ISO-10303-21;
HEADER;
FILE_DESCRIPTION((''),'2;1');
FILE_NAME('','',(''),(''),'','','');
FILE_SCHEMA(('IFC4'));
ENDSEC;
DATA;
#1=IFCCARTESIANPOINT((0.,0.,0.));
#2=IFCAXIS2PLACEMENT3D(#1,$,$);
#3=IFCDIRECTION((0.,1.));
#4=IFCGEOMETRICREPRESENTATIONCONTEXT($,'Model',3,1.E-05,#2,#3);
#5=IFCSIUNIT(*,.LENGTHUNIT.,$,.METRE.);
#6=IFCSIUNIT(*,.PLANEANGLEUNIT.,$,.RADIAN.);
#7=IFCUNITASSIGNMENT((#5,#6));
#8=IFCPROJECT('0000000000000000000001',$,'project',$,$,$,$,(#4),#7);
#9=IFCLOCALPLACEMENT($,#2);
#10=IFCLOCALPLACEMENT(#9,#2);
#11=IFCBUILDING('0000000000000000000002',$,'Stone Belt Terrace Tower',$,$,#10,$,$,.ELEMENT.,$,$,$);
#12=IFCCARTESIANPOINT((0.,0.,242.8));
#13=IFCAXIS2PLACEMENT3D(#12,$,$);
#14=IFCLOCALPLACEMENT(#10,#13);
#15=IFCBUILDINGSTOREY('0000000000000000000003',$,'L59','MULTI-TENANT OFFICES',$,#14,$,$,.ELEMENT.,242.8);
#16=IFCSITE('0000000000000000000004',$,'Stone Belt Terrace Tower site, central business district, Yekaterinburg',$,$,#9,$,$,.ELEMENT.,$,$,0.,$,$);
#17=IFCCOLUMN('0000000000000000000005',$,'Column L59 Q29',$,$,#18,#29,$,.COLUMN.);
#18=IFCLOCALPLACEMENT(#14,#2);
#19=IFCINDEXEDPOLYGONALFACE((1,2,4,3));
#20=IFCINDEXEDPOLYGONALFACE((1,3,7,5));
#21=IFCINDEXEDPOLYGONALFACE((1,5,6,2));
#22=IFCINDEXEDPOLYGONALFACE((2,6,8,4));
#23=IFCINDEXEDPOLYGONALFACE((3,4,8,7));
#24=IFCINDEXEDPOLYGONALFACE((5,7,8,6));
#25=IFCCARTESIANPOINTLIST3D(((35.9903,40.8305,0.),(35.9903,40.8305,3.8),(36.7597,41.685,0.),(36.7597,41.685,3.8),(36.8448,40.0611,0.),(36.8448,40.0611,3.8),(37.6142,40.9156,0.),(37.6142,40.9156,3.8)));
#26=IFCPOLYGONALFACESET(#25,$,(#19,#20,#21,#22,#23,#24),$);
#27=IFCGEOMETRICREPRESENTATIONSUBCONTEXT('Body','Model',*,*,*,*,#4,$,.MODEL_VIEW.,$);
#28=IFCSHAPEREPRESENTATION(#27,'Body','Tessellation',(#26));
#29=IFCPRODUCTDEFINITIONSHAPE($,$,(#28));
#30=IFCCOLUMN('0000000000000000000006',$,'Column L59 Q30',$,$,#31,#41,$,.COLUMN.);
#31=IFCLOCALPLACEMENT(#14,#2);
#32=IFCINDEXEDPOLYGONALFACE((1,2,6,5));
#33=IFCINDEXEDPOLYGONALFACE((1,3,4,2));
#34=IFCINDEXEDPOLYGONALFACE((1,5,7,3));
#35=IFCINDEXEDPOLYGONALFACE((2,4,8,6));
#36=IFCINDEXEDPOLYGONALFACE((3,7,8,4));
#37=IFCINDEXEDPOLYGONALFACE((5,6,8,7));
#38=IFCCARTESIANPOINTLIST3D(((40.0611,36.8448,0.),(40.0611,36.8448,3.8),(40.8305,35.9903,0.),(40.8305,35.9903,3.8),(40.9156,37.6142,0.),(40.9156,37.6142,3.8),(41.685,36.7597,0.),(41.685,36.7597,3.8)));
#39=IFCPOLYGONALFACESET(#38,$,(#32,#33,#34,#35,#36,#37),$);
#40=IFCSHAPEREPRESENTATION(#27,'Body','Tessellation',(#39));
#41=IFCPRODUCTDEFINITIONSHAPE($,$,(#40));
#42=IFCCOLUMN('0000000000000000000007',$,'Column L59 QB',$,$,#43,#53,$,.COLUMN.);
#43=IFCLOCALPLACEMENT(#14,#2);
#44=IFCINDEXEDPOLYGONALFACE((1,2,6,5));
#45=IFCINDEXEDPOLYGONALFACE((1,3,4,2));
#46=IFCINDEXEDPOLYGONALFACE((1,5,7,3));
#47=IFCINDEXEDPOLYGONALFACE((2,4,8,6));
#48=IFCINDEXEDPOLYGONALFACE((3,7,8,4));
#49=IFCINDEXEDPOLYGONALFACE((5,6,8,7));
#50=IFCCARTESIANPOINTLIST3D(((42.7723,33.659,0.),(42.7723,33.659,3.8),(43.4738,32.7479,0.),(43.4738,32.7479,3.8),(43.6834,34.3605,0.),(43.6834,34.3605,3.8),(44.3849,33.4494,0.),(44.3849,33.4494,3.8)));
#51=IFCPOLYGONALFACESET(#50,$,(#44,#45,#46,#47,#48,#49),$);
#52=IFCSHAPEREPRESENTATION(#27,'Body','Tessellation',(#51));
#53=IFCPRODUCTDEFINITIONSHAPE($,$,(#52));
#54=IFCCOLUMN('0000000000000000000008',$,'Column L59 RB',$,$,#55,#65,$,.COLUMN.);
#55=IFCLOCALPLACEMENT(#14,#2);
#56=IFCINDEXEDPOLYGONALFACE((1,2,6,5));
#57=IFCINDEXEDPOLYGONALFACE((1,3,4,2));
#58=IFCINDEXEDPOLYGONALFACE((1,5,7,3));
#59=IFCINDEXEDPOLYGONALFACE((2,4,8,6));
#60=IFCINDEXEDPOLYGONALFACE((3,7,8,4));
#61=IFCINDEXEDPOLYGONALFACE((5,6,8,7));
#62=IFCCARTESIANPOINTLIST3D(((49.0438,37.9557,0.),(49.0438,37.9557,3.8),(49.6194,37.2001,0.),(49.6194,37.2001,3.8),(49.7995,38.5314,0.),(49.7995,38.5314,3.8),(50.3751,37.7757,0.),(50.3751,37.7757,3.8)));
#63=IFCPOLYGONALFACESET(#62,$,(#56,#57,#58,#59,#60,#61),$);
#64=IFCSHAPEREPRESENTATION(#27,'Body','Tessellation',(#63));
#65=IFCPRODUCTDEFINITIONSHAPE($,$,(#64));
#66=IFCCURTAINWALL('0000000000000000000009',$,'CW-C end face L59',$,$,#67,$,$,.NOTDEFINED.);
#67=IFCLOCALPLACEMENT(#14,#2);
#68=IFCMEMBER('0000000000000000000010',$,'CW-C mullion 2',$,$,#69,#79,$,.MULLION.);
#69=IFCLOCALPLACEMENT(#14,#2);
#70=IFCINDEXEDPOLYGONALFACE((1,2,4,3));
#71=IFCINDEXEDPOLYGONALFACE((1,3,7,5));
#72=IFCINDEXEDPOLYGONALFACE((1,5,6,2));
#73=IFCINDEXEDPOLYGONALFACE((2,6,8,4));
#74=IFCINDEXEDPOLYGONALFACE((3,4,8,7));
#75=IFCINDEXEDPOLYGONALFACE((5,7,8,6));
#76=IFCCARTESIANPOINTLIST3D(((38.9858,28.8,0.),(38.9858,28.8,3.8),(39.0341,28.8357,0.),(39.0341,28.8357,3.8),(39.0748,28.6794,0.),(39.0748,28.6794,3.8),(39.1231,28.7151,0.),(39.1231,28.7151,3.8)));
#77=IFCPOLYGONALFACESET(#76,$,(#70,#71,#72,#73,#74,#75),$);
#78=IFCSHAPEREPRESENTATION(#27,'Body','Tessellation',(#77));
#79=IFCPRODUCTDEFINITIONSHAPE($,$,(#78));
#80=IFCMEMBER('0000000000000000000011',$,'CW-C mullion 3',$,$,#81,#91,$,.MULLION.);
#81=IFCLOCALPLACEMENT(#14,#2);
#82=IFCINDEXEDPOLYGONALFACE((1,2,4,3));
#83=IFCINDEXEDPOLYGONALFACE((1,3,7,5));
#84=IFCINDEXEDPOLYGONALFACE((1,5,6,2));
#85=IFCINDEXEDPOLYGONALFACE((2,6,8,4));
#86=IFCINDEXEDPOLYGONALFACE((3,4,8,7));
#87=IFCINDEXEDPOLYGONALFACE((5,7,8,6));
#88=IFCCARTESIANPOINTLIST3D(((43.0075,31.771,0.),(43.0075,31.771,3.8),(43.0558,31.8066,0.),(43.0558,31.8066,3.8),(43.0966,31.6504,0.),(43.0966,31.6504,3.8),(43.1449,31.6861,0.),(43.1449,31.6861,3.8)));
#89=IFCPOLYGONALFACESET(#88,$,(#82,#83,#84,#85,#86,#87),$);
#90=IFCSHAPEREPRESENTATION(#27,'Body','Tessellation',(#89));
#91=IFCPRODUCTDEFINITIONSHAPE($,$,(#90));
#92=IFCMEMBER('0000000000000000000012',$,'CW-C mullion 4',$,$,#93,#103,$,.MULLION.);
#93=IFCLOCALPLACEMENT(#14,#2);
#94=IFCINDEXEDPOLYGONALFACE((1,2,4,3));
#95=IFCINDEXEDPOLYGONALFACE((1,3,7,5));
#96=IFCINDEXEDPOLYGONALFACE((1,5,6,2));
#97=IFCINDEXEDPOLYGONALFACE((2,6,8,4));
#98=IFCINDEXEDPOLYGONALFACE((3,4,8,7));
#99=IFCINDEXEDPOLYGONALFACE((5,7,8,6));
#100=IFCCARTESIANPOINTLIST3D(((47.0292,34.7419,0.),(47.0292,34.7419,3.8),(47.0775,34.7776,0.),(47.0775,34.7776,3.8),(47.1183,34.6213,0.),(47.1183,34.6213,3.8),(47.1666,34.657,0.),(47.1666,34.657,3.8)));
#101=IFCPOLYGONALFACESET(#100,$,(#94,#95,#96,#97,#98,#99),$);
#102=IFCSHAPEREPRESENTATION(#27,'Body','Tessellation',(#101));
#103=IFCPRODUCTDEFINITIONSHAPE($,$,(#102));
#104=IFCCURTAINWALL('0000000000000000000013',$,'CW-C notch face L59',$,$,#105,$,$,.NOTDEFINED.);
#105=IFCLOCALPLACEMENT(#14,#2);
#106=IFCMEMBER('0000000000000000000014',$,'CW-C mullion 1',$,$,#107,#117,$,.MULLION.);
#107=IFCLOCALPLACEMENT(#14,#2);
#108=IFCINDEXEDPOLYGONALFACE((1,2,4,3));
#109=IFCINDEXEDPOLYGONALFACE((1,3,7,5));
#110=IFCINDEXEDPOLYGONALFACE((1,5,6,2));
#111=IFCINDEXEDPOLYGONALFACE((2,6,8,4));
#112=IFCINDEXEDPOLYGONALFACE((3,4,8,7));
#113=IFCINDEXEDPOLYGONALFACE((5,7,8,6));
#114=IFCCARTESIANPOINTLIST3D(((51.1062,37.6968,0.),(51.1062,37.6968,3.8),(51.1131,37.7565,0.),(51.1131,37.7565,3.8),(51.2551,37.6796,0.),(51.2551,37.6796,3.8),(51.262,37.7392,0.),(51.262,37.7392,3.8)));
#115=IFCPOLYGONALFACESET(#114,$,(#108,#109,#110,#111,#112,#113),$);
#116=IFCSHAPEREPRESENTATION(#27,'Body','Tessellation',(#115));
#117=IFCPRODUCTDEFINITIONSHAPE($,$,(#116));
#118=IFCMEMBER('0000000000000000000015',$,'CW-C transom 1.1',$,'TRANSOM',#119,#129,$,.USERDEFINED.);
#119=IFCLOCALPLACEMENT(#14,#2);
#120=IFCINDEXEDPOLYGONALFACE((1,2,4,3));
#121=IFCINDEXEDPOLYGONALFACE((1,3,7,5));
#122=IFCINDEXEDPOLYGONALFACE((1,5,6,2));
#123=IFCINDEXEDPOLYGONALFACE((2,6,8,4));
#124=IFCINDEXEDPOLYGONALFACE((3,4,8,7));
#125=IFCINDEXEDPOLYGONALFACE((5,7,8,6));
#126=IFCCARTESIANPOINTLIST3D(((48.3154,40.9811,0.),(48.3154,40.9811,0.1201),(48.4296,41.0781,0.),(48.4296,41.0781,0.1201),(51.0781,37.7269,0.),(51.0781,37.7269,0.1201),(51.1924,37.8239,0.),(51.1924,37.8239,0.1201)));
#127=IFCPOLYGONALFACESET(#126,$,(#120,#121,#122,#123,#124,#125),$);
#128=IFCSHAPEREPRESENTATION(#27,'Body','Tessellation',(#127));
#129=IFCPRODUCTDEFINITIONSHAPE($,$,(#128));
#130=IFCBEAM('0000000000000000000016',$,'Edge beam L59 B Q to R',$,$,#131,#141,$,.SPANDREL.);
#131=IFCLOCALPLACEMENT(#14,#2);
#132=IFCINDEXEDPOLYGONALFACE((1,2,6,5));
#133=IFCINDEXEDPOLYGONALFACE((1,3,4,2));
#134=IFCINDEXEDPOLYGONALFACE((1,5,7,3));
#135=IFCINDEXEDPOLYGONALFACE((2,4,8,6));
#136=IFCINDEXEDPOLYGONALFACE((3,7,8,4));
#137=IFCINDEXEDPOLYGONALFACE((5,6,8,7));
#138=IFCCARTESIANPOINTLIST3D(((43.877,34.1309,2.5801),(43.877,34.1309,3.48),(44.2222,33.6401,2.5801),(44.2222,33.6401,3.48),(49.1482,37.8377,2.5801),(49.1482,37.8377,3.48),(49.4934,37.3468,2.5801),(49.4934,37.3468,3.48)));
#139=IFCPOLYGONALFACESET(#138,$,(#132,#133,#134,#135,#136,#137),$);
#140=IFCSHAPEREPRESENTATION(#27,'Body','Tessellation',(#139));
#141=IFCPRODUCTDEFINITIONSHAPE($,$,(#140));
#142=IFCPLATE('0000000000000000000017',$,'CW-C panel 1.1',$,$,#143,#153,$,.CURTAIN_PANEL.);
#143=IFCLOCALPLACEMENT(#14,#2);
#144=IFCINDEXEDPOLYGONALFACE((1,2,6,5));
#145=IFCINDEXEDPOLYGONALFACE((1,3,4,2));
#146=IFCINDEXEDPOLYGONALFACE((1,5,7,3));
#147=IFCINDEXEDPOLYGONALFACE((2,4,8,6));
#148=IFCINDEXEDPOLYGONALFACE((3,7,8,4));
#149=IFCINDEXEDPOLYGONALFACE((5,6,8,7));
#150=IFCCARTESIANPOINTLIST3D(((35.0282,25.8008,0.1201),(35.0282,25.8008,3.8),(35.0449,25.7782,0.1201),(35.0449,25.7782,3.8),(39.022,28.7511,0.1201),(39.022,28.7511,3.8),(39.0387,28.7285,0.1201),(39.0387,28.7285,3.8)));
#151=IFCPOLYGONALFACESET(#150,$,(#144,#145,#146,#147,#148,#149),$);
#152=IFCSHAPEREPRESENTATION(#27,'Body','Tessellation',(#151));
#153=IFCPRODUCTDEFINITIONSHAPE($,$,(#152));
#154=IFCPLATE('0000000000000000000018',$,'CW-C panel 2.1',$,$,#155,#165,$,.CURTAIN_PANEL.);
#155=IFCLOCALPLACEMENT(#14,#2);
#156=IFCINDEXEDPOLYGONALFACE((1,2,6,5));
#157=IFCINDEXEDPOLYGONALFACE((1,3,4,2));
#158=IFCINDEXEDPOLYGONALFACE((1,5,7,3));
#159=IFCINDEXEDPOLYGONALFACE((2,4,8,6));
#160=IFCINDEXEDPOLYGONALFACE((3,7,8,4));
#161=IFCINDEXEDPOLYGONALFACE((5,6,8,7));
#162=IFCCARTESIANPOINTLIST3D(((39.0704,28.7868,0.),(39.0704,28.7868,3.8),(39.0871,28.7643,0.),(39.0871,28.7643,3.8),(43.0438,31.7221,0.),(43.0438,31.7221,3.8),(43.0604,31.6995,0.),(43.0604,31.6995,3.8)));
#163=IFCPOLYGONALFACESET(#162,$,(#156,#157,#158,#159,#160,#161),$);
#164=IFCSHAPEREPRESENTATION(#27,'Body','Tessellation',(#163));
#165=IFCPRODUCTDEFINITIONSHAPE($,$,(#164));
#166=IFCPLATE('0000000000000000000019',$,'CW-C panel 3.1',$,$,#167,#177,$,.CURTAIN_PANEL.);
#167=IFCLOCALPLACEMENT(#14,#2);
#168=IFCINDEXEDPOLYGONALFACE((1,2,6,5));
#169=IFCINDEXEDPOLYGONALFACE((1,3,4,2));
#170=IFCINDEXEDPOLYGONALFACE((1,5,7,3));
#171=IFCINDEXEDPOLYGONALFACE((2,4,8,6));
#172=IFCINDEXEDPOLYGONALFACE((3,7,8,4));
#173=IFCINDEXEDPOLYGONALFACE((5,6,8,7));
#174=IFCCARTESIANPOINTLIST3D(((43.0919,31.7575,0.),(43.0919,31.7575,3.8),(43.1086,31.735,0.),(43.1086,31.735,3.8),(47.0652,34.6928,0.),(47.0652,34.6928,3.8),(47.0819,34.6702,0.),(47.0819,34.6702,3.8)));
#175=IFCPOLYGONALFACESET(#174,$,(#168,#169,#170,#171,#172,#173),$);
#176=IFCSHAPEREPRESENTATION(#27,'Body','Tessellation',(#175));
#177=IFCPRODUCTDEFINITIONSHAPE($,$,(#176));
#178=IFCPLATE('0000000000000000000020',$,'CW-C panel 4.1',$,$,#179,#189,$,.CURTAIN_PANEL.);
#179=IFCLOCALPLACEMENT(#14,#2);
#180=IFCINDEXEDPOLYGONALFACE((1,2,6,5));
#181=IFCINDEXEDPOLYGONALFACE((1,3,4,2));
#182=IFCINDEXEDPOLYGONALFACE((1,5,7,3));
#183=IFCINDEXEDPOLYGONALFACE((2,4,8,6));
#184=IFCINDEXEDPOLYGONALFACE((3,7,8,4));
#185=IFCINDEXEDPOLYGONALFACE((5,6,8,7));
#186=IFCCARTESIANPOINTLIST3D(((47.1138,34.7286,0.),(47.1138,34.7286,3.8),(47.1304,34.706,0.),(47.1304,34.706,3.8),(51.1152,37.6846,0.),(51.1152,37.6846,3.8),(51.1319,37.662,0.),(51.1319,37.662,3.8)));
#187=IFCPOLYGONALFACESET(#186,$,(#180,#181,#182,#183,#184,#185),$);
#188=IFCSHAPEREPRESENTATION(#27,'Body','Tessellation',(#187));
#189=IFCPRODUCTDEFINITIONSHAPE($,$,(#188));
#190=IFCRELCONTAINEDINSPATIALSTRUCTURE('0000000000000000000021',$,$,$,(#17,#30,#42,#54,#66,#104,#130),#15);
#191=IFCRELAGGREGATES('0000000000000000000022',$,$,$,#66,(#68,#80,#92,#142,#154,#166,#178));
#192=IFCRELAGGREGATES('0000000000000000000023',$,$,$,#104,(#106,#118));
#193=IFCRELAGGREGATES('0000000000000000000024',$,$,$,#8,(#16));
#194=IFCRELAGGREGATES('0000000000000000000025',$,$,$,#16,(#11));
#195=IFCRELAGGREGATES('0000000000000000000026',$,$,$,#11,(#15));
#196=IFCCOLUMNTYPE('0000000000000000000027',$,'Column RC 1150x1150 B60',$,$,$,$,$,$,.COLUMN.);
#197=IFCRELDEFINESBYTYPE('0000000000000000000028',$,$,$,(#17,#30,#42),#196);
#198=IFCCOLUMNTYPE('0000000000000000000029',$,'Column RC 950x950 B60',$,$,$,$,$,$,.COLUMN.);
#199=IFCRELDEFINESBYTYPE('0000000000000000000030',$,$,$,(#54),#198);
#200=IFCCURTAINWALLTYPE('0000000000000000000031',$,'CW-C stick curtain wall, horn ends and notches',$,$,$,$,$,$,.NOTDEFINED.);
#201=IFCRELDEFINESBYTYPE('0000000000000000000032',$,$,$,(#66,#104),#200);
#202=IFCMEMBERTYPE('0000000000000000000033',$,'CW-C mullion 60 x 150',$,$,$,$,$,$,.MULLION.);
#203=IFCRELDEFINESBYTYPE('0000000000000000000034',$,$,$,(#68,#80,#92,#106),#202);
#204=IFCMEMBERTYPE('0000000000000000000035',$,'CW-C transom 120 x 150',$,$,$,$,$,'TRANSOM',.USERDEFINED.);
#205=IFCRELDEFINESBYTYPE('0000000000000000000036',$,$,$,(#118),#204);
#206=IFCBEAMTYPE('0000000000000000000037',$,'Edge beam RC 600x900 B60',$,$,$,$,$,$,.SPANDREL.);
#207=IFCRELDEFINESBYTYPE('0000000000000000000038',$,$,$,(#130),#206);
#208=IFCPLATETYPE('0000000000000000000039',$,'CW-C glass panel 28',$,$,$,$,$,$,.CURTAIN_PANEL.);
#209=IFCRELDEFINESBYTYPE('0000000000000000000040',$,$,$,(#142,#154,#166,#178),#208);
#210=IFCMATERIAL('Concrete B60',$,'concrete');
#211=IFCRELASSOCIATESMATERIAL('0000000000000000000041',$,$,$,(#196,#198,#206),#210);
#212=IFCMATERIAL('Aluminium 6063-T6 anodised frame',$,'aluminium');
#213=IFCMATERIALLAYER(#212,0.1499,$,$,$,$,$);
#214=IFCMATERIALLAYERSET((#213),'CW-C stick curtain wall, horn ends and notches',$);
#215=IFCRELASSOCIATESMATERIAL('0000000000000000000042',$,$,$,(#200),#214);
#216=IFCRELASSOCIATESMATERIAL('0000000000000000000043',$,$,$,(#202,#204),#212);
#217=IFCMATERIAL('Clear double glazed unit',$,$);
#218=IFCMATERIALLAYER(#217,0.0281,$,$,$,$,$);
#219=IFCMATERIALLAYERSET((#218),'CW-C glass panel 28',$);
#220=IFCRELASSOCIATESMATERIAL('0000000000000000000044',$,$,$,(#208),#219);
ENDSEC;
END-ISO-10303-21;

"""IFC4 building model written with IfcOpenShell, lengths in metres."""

from ifc_helpers import new_model, si_unit, direction, frame, origin, origin_2d, place, context, subcontext, project, spatial, rectangle, extrude, material, layer, layer_set, material_profile, profile_set, type_object, element, aggregate, save


model = new_model("IFC4")

# Units and contexts
model_context = context("Model", 3, precision=1e-05, world=origin(), true_north=direction((0.0, 1.0)))
body_context = subcontext(model_context, "Body", "Model", "MODEL_VIEW")
ifc_project = project(units=[si_unit("LENGTHUNIT", "METRE"), si_unit("PLANEANGLEUNIT", "RADIAN")], contexts=[model_context])

# Site, building, storey
site_placement = place(None, origin())
site = spatial("IfcSite", under=ifc_project, at=site_placement, Name="Stone Belt Terrace Tower site, central business district, Yekaterinburg", CompositionType="ELEMENT", RefElevation=0.0)
building_placement = place(site_placement, origin())
building = spatial("IfcBuilding", under=site, at=building_placement, Name="Stone Belt Terrace Tower", CompositionType="ELEMENT")
storey_placement = place(building_placement, frame((0.0, 0.0, 242.8)))
storey = spatial("IfcBuildingStorey", under=building, at=storey_placement, Name="L59", Description="MULTI-TENANT OFFICES", CompositionType="ELEMENT", Elevation=242.8)

# Columns
ifc_material_1 = material(Name="Concrete B60", Category="concrete")
ifc_material_profile_1 = material_profile(ifc_material_1, rectangle(XDim=1.1499, YDim=1.1499, at=origin_2d()), Name="RC 1150x1150")
ifc_profile_set_1 = profile_set([ifc_material_profile_1], Name="Concrete B60")
column_type_1 = type_object("IfcColumnType", Name="Column RC 1150x1150 B60", PredefinedType="COLUMN", material=ifc_profile_set_1)
for number, where, z_axis, x_axis, name in (
    (1, (36.8022, 40.873, 0.0), (0.0, 0.0, 1.0), (0.743145, -0.669131, 0.0), "Column L59 Q29"),
    (2, (40.873, 36.8022, 0.0), (0.0, 0.0, 1.0), (0.669131, -0.743145, 0.0), "Column L59 Q30"),
    (3, (43.5786, 33.5542, 0.0), (0.0, 0.0, 1.0), (0.610079, -0.792341, 0.0), "Column L59 QB"),
):
    element("IfcColumn", number, at=place(storey_placement, frame(where, z_axis=z_axis, x_axis=x_axis)), inside=storey, type_object=column_type_1, Name=name, PredefinedType="COLUMN", context=body_context, shape_type="SweptSolid", body=[
        extrude(rectangle(XDim=1.1499, YDim=1.1499, at=origin_2d()), origin(), (0.0, 0.0, 1.0), 3.8),
    ])
ifc_material_profile_2 = material_profile(ifc_material_1, rectangle(XDim=0.95, YDim=0.95, at=origin_2d()), Name="RC 950x950")
ifc_profile_set_2 = profile_set([ifc_material_profile_2], Name="Concrete B60")
column_type_2 = type_object("IfcColumnType", Name="Column RC 950x950 B60", PredefinedType="COLUMN", material=ifc_profile_set_2)
column_placement = place(storey_placement, frame((49.7095, 37.8657, 0.0), z_axis=(0.0, 0.0, 1.0), x_axis=(0.605961, -0.795495, 0.0)))
element("IfcColumn", 4, at=column_placement, inside=storey, type_object=column_type_2, Name="Column L59 RB", PredefinedType="COLUMN", context=body_context, shape_type="SweptSolid", body=[
    extrude(rectangle(XDim=0.95, YDim=0.95, at=origin_2d()), origin(), (0.0, 0.0, 1.0), 3.8),
])

# Curtain walls, members
ifc_material_2 = material(Name="Aluminium 6063-T6 anodised frame", Category="aluminium")
ifc_layer_1 = layer(ifc_material_2, 0.1499)
ifc_layer_set_1 = layer_set([ifc_layer_1], Name="CW-C stick curtain wall, horn ends and notches")
curtain_wall_type = type_object("IfcCurtainWallType", Name="CW-C stick curtain wall, horn ends and notches", PredefinedType="NOTDEFINED", material=ifc_layer_set_1)
curtain_wall_1_placement = place(storey_placement, origin())
curtain_wall_1 = element("IfcCurtainWall", 5, at=curtain_wall_1_placement, inside=storey, type_object=curtain_wall_type, Name="CW-C end face L59", PredefinedType="NOTDEFINED")
ifc_material_profile_3 = material_profile(ifc_material_2, rectangle(XDim=0.1499, YDim=0.0601, at=origin_2d()), Name="Aluminium 6063-T6 60x150")
ifc_profile_set_3 = profile_set([ifc_material_profile_3], Name="Aluminium 6063-T6 anodised frame")
member_type_1 = type_object("IfcMemberType", Name="CW-C mullion 60 x 150", PredefinedType="MULLION", material=ifc_profile_set_3)
member_1_placement = place(storey_placement, frame((39.0544, 28.7576, 0.0), z_axis=(0.0, 0.0, 1.0), x_axis=(-0.594184, 0.804329, 0.0)))
member_1 = element("IfcMember", 6, at=member_1_placement, type_object=member_type_1, Name="CW-C mullion 2", PredefinedType="MULLION", context=body_context, shape_type="SweptSolid", body=[
    extrude(rectangle(XDim=0.1499, YDim=0.0601, at=origin_2d()), origin(), (0.0, 0.0, 1.0), 3.8),
])
member_2_placement = place(storey_placement, frame((43.0762, 31.7285, 0.0), z_axis=(0.0, 0.0, 1.0), x_axis=(-0.594184, 0.804329, 0.0)))
member_2 = element("IfcMember", 7, at=member_2_placement, type_object=member_type_1, Name="CW-C mullion 3", PredefinedType="MULLION", context=body_context, shape_type="SweptSolid", body=[
    extrude(rectangle(XDim=0.1499, YDim=0.0601, at=origin_2d()), origin(), (0.0, 0.0, 1.0), 3.8),
])
member_3_placement = place(storey_placement, frame((47.0979, 34.6995, 0.0), z_axis=(0.0, 0.0, 1.0), x_axis=(-0.594184, 0.804329, 0.0)))
member_3 = element("IfcMember", 8, at=member_3_placement, type_object=member_type_1, Name="CW-C mullion 4", PredefinedType="MULLION", context=body_context, shape_type="SweptSolid", body=[
    extrude(rectangle(XDim=0.1499, YDim=0.0601, at=origin_2d()), origin(), (0.0, 0.0, 1.0), 3.8),
])
curtain_wall_2_placement = place(storey_placement, origin())
curtain_wall_2 = element("IfcCurtainWall", 9, at=curtain_wall_2_placement, inside=storey, type_object=curtain_wall_type, Name="CW-C notch face L59", PredefinedType="NOTDEFINED")
member_4_placement = place(storey_placement, frame((51.1841, 37.718, 0.0), z_axis=(0.0, 0.0, 1.0), x_axis=(-0.993359, 0.115057, 0.0)))
member_4 = element("IfcMember", 10, at=member_4_placement, type_object=member_type_1, Name="CW-C mullion 1", PredefinedType="MULLION", context=body_context, shape_type="SweptSolid", body=[
    extrude(rectangle(XDim=0.1499, YDim=0.0601, at=origin_2d()), origin(), (0.0, 0.0, 1.0), 3.8),
])
ifc_material_profile_4 = material_profile(ifc_material_2, rectangle(XDim=0.1499, YDim=0.1201, at=origin_2d()), Name="Aluminium 6063-T6 150x120")
ifc_profile_set_4 = profile_set([ifc_material_profile_4], Name="Aluminium 6063-T6 anodised frame")
member_type_2 = type_object("IfcMemberType", Name="CW-C transom 120 x 150", ElementType="TRANSOM", PredefinedType="USERDEFINED", material=ifc_profile_set_4)
member_5_placement = place(storey_placement, frame((51.1353, 37.7754, 0.0601), z_axis=(-0.647195, 0.762324, 0.0), x_axis=(-0.762324, -0.647195, 0.0)))
member_5 = element("IfcMember", 11, at=member_5_placement, type_object=member_type_2, Name="CW-C transom 1.1", ObjectType="TRANSOM", PredefinedType="USERDEFINED", context=body_context, shape_type="SweptSolid", body=[
    extrude(rectangle(XDim=0.1499, YDim=0.1201, at=origin_2d()), origin(), (0.0, 0.0, 1.0), 4.2688),
])

# Beam
ifc_material_profile_5 = material_profile(ifc_material_1, rectangle(XDim=0.6001, YDim=0.8999, at=origin_2d()), Name="RC 600x900")
ifc_profile_set_5 = profile_set([ifc_material_profile_5], Name="Concrete B60")
beam_type = type_object("IfcBeamType", Name="Edge beam RC 600x900 B60", PredefinedType="SPANDREL", material=ifc_profile_set_5)
beam_placement = place(storey_placement, frame((44.0496, 33.8855, 3.03), z_axis=(0.817997, 0.575223, 0.0), x_axis=(-0.575223, 0.817997, 0.0)))
element("IfcBeam", 12, at=beam_placement, inside=storey, type_object=beam_type, Name="Edge beam L59 B Q to R", PredefinedType="SPANDREL", context=body_context, shape_type="SweptSolid", body=[
    extrude(rectangle(XDim=0.6001, YDim=0.8999, at=origin_2d()), origin(), (0.0, 0.0, 1.0), 6.4441),
])

# Plates
ifc_material_3 = material(Name="Clear double glazed unit")
ifc_layer_2 = layer(ifc_material_3, 0.0281)
ifc_layer_set_2 = layer_set([ifc_layer_2], Name="CW-C glass panel 28")
plate_type = type_object("IfcPlateType", Name="CW-C glass panel 28", PredefinedType="CURTAIN_PANEL", material=ifc_layer_set_2)
plate_1_placement = place(storey_placement, frame((37.0334, 27.2646, 0.1201), z_axis=(0.0, 0.0, 1.0), x_axis=(0.804329, 0.594184, 0.0)))
plate_1 = element("IfcPlate", 13, at=plate_1_placement, type_object=plate_type, Name="CW-C panel 1.1", PredefinedType="CURTAIN_PANEL", context=body_context, shape_type="SweptSolid", body=[
    extrude(rectangle(XDim=4.9653, YDim=0.0281, at=origin_2d()), origin(), (0.0, 0.0, 1.0), 3.6799),
])
plate_2_placement = place(storey_placement, frame((41.0654, 30.2432, 0.0), z_axis=(0.0, 0.0, 1.0), x_axis=(0.804329, 0.594184, 0.0)))
plate_2 = element("IfcPlate", 14, at=plate_2_placement, type_object=plate_type, Name="CW-C panel 2.1", PredefinedType="CURTAIN_PANEL", context=body_context, shape_type="SweptSolid", body=[
    extrude(rectangle(XDim=4.9399, YDim=0.0281, at=origin_2d()), origin(), (0.0, 0.0, 1.0), 3.8),
])
plate_3_placement = place(storey_placement, frame((45.0869, 33.2139, 0.0), z_axis=(0.0, 0.0, 1.0), x_axis=(0.804329, 0.594184, 0.0)))
plate_3 = element("IfcPlate", 15, at=plate_3_placement, type_object=plate_type, Name="CW-C panel 3.1", PredefinedType="CURTAIN_PANEL", context=body_context, shape_type="SweptSolid", body=[
    extrude(rectangle(XDim=4.9399, YDim=0.0281, at=origin_2d()), origin(), (0.0, 0.0, 1.0), 3.8),
])
plate_4_placement = place(storey_placement, frame((49.1228, 36.1953, 0.0), z_axis=(0.0, 0.0, 1.0), x_axis=(0.804329, 0.594184, 0.0)))
plate_4 = element("IfcPlate", 16, at=plate_4_placement, type_object=plate_type, Name="CW-C panel 4.1", PredefinedType="CURTAIN_PANEL", context=body_context, shape_type="SweptSolid", body=[
    extrude(rectangle(XDim=4.9749, YDim=0.0281, at=origin_2d()), origin(), (0.0, 0.0, 1.0), 3.8),
])
aggregate(curtain_wall_1, [member_1, member_2, member_3, plate_1, plate_2, plate_3, plate_4])
aggregate(curtain_wall_2, [member_4, member_5])

save(model, "model.ifc")
